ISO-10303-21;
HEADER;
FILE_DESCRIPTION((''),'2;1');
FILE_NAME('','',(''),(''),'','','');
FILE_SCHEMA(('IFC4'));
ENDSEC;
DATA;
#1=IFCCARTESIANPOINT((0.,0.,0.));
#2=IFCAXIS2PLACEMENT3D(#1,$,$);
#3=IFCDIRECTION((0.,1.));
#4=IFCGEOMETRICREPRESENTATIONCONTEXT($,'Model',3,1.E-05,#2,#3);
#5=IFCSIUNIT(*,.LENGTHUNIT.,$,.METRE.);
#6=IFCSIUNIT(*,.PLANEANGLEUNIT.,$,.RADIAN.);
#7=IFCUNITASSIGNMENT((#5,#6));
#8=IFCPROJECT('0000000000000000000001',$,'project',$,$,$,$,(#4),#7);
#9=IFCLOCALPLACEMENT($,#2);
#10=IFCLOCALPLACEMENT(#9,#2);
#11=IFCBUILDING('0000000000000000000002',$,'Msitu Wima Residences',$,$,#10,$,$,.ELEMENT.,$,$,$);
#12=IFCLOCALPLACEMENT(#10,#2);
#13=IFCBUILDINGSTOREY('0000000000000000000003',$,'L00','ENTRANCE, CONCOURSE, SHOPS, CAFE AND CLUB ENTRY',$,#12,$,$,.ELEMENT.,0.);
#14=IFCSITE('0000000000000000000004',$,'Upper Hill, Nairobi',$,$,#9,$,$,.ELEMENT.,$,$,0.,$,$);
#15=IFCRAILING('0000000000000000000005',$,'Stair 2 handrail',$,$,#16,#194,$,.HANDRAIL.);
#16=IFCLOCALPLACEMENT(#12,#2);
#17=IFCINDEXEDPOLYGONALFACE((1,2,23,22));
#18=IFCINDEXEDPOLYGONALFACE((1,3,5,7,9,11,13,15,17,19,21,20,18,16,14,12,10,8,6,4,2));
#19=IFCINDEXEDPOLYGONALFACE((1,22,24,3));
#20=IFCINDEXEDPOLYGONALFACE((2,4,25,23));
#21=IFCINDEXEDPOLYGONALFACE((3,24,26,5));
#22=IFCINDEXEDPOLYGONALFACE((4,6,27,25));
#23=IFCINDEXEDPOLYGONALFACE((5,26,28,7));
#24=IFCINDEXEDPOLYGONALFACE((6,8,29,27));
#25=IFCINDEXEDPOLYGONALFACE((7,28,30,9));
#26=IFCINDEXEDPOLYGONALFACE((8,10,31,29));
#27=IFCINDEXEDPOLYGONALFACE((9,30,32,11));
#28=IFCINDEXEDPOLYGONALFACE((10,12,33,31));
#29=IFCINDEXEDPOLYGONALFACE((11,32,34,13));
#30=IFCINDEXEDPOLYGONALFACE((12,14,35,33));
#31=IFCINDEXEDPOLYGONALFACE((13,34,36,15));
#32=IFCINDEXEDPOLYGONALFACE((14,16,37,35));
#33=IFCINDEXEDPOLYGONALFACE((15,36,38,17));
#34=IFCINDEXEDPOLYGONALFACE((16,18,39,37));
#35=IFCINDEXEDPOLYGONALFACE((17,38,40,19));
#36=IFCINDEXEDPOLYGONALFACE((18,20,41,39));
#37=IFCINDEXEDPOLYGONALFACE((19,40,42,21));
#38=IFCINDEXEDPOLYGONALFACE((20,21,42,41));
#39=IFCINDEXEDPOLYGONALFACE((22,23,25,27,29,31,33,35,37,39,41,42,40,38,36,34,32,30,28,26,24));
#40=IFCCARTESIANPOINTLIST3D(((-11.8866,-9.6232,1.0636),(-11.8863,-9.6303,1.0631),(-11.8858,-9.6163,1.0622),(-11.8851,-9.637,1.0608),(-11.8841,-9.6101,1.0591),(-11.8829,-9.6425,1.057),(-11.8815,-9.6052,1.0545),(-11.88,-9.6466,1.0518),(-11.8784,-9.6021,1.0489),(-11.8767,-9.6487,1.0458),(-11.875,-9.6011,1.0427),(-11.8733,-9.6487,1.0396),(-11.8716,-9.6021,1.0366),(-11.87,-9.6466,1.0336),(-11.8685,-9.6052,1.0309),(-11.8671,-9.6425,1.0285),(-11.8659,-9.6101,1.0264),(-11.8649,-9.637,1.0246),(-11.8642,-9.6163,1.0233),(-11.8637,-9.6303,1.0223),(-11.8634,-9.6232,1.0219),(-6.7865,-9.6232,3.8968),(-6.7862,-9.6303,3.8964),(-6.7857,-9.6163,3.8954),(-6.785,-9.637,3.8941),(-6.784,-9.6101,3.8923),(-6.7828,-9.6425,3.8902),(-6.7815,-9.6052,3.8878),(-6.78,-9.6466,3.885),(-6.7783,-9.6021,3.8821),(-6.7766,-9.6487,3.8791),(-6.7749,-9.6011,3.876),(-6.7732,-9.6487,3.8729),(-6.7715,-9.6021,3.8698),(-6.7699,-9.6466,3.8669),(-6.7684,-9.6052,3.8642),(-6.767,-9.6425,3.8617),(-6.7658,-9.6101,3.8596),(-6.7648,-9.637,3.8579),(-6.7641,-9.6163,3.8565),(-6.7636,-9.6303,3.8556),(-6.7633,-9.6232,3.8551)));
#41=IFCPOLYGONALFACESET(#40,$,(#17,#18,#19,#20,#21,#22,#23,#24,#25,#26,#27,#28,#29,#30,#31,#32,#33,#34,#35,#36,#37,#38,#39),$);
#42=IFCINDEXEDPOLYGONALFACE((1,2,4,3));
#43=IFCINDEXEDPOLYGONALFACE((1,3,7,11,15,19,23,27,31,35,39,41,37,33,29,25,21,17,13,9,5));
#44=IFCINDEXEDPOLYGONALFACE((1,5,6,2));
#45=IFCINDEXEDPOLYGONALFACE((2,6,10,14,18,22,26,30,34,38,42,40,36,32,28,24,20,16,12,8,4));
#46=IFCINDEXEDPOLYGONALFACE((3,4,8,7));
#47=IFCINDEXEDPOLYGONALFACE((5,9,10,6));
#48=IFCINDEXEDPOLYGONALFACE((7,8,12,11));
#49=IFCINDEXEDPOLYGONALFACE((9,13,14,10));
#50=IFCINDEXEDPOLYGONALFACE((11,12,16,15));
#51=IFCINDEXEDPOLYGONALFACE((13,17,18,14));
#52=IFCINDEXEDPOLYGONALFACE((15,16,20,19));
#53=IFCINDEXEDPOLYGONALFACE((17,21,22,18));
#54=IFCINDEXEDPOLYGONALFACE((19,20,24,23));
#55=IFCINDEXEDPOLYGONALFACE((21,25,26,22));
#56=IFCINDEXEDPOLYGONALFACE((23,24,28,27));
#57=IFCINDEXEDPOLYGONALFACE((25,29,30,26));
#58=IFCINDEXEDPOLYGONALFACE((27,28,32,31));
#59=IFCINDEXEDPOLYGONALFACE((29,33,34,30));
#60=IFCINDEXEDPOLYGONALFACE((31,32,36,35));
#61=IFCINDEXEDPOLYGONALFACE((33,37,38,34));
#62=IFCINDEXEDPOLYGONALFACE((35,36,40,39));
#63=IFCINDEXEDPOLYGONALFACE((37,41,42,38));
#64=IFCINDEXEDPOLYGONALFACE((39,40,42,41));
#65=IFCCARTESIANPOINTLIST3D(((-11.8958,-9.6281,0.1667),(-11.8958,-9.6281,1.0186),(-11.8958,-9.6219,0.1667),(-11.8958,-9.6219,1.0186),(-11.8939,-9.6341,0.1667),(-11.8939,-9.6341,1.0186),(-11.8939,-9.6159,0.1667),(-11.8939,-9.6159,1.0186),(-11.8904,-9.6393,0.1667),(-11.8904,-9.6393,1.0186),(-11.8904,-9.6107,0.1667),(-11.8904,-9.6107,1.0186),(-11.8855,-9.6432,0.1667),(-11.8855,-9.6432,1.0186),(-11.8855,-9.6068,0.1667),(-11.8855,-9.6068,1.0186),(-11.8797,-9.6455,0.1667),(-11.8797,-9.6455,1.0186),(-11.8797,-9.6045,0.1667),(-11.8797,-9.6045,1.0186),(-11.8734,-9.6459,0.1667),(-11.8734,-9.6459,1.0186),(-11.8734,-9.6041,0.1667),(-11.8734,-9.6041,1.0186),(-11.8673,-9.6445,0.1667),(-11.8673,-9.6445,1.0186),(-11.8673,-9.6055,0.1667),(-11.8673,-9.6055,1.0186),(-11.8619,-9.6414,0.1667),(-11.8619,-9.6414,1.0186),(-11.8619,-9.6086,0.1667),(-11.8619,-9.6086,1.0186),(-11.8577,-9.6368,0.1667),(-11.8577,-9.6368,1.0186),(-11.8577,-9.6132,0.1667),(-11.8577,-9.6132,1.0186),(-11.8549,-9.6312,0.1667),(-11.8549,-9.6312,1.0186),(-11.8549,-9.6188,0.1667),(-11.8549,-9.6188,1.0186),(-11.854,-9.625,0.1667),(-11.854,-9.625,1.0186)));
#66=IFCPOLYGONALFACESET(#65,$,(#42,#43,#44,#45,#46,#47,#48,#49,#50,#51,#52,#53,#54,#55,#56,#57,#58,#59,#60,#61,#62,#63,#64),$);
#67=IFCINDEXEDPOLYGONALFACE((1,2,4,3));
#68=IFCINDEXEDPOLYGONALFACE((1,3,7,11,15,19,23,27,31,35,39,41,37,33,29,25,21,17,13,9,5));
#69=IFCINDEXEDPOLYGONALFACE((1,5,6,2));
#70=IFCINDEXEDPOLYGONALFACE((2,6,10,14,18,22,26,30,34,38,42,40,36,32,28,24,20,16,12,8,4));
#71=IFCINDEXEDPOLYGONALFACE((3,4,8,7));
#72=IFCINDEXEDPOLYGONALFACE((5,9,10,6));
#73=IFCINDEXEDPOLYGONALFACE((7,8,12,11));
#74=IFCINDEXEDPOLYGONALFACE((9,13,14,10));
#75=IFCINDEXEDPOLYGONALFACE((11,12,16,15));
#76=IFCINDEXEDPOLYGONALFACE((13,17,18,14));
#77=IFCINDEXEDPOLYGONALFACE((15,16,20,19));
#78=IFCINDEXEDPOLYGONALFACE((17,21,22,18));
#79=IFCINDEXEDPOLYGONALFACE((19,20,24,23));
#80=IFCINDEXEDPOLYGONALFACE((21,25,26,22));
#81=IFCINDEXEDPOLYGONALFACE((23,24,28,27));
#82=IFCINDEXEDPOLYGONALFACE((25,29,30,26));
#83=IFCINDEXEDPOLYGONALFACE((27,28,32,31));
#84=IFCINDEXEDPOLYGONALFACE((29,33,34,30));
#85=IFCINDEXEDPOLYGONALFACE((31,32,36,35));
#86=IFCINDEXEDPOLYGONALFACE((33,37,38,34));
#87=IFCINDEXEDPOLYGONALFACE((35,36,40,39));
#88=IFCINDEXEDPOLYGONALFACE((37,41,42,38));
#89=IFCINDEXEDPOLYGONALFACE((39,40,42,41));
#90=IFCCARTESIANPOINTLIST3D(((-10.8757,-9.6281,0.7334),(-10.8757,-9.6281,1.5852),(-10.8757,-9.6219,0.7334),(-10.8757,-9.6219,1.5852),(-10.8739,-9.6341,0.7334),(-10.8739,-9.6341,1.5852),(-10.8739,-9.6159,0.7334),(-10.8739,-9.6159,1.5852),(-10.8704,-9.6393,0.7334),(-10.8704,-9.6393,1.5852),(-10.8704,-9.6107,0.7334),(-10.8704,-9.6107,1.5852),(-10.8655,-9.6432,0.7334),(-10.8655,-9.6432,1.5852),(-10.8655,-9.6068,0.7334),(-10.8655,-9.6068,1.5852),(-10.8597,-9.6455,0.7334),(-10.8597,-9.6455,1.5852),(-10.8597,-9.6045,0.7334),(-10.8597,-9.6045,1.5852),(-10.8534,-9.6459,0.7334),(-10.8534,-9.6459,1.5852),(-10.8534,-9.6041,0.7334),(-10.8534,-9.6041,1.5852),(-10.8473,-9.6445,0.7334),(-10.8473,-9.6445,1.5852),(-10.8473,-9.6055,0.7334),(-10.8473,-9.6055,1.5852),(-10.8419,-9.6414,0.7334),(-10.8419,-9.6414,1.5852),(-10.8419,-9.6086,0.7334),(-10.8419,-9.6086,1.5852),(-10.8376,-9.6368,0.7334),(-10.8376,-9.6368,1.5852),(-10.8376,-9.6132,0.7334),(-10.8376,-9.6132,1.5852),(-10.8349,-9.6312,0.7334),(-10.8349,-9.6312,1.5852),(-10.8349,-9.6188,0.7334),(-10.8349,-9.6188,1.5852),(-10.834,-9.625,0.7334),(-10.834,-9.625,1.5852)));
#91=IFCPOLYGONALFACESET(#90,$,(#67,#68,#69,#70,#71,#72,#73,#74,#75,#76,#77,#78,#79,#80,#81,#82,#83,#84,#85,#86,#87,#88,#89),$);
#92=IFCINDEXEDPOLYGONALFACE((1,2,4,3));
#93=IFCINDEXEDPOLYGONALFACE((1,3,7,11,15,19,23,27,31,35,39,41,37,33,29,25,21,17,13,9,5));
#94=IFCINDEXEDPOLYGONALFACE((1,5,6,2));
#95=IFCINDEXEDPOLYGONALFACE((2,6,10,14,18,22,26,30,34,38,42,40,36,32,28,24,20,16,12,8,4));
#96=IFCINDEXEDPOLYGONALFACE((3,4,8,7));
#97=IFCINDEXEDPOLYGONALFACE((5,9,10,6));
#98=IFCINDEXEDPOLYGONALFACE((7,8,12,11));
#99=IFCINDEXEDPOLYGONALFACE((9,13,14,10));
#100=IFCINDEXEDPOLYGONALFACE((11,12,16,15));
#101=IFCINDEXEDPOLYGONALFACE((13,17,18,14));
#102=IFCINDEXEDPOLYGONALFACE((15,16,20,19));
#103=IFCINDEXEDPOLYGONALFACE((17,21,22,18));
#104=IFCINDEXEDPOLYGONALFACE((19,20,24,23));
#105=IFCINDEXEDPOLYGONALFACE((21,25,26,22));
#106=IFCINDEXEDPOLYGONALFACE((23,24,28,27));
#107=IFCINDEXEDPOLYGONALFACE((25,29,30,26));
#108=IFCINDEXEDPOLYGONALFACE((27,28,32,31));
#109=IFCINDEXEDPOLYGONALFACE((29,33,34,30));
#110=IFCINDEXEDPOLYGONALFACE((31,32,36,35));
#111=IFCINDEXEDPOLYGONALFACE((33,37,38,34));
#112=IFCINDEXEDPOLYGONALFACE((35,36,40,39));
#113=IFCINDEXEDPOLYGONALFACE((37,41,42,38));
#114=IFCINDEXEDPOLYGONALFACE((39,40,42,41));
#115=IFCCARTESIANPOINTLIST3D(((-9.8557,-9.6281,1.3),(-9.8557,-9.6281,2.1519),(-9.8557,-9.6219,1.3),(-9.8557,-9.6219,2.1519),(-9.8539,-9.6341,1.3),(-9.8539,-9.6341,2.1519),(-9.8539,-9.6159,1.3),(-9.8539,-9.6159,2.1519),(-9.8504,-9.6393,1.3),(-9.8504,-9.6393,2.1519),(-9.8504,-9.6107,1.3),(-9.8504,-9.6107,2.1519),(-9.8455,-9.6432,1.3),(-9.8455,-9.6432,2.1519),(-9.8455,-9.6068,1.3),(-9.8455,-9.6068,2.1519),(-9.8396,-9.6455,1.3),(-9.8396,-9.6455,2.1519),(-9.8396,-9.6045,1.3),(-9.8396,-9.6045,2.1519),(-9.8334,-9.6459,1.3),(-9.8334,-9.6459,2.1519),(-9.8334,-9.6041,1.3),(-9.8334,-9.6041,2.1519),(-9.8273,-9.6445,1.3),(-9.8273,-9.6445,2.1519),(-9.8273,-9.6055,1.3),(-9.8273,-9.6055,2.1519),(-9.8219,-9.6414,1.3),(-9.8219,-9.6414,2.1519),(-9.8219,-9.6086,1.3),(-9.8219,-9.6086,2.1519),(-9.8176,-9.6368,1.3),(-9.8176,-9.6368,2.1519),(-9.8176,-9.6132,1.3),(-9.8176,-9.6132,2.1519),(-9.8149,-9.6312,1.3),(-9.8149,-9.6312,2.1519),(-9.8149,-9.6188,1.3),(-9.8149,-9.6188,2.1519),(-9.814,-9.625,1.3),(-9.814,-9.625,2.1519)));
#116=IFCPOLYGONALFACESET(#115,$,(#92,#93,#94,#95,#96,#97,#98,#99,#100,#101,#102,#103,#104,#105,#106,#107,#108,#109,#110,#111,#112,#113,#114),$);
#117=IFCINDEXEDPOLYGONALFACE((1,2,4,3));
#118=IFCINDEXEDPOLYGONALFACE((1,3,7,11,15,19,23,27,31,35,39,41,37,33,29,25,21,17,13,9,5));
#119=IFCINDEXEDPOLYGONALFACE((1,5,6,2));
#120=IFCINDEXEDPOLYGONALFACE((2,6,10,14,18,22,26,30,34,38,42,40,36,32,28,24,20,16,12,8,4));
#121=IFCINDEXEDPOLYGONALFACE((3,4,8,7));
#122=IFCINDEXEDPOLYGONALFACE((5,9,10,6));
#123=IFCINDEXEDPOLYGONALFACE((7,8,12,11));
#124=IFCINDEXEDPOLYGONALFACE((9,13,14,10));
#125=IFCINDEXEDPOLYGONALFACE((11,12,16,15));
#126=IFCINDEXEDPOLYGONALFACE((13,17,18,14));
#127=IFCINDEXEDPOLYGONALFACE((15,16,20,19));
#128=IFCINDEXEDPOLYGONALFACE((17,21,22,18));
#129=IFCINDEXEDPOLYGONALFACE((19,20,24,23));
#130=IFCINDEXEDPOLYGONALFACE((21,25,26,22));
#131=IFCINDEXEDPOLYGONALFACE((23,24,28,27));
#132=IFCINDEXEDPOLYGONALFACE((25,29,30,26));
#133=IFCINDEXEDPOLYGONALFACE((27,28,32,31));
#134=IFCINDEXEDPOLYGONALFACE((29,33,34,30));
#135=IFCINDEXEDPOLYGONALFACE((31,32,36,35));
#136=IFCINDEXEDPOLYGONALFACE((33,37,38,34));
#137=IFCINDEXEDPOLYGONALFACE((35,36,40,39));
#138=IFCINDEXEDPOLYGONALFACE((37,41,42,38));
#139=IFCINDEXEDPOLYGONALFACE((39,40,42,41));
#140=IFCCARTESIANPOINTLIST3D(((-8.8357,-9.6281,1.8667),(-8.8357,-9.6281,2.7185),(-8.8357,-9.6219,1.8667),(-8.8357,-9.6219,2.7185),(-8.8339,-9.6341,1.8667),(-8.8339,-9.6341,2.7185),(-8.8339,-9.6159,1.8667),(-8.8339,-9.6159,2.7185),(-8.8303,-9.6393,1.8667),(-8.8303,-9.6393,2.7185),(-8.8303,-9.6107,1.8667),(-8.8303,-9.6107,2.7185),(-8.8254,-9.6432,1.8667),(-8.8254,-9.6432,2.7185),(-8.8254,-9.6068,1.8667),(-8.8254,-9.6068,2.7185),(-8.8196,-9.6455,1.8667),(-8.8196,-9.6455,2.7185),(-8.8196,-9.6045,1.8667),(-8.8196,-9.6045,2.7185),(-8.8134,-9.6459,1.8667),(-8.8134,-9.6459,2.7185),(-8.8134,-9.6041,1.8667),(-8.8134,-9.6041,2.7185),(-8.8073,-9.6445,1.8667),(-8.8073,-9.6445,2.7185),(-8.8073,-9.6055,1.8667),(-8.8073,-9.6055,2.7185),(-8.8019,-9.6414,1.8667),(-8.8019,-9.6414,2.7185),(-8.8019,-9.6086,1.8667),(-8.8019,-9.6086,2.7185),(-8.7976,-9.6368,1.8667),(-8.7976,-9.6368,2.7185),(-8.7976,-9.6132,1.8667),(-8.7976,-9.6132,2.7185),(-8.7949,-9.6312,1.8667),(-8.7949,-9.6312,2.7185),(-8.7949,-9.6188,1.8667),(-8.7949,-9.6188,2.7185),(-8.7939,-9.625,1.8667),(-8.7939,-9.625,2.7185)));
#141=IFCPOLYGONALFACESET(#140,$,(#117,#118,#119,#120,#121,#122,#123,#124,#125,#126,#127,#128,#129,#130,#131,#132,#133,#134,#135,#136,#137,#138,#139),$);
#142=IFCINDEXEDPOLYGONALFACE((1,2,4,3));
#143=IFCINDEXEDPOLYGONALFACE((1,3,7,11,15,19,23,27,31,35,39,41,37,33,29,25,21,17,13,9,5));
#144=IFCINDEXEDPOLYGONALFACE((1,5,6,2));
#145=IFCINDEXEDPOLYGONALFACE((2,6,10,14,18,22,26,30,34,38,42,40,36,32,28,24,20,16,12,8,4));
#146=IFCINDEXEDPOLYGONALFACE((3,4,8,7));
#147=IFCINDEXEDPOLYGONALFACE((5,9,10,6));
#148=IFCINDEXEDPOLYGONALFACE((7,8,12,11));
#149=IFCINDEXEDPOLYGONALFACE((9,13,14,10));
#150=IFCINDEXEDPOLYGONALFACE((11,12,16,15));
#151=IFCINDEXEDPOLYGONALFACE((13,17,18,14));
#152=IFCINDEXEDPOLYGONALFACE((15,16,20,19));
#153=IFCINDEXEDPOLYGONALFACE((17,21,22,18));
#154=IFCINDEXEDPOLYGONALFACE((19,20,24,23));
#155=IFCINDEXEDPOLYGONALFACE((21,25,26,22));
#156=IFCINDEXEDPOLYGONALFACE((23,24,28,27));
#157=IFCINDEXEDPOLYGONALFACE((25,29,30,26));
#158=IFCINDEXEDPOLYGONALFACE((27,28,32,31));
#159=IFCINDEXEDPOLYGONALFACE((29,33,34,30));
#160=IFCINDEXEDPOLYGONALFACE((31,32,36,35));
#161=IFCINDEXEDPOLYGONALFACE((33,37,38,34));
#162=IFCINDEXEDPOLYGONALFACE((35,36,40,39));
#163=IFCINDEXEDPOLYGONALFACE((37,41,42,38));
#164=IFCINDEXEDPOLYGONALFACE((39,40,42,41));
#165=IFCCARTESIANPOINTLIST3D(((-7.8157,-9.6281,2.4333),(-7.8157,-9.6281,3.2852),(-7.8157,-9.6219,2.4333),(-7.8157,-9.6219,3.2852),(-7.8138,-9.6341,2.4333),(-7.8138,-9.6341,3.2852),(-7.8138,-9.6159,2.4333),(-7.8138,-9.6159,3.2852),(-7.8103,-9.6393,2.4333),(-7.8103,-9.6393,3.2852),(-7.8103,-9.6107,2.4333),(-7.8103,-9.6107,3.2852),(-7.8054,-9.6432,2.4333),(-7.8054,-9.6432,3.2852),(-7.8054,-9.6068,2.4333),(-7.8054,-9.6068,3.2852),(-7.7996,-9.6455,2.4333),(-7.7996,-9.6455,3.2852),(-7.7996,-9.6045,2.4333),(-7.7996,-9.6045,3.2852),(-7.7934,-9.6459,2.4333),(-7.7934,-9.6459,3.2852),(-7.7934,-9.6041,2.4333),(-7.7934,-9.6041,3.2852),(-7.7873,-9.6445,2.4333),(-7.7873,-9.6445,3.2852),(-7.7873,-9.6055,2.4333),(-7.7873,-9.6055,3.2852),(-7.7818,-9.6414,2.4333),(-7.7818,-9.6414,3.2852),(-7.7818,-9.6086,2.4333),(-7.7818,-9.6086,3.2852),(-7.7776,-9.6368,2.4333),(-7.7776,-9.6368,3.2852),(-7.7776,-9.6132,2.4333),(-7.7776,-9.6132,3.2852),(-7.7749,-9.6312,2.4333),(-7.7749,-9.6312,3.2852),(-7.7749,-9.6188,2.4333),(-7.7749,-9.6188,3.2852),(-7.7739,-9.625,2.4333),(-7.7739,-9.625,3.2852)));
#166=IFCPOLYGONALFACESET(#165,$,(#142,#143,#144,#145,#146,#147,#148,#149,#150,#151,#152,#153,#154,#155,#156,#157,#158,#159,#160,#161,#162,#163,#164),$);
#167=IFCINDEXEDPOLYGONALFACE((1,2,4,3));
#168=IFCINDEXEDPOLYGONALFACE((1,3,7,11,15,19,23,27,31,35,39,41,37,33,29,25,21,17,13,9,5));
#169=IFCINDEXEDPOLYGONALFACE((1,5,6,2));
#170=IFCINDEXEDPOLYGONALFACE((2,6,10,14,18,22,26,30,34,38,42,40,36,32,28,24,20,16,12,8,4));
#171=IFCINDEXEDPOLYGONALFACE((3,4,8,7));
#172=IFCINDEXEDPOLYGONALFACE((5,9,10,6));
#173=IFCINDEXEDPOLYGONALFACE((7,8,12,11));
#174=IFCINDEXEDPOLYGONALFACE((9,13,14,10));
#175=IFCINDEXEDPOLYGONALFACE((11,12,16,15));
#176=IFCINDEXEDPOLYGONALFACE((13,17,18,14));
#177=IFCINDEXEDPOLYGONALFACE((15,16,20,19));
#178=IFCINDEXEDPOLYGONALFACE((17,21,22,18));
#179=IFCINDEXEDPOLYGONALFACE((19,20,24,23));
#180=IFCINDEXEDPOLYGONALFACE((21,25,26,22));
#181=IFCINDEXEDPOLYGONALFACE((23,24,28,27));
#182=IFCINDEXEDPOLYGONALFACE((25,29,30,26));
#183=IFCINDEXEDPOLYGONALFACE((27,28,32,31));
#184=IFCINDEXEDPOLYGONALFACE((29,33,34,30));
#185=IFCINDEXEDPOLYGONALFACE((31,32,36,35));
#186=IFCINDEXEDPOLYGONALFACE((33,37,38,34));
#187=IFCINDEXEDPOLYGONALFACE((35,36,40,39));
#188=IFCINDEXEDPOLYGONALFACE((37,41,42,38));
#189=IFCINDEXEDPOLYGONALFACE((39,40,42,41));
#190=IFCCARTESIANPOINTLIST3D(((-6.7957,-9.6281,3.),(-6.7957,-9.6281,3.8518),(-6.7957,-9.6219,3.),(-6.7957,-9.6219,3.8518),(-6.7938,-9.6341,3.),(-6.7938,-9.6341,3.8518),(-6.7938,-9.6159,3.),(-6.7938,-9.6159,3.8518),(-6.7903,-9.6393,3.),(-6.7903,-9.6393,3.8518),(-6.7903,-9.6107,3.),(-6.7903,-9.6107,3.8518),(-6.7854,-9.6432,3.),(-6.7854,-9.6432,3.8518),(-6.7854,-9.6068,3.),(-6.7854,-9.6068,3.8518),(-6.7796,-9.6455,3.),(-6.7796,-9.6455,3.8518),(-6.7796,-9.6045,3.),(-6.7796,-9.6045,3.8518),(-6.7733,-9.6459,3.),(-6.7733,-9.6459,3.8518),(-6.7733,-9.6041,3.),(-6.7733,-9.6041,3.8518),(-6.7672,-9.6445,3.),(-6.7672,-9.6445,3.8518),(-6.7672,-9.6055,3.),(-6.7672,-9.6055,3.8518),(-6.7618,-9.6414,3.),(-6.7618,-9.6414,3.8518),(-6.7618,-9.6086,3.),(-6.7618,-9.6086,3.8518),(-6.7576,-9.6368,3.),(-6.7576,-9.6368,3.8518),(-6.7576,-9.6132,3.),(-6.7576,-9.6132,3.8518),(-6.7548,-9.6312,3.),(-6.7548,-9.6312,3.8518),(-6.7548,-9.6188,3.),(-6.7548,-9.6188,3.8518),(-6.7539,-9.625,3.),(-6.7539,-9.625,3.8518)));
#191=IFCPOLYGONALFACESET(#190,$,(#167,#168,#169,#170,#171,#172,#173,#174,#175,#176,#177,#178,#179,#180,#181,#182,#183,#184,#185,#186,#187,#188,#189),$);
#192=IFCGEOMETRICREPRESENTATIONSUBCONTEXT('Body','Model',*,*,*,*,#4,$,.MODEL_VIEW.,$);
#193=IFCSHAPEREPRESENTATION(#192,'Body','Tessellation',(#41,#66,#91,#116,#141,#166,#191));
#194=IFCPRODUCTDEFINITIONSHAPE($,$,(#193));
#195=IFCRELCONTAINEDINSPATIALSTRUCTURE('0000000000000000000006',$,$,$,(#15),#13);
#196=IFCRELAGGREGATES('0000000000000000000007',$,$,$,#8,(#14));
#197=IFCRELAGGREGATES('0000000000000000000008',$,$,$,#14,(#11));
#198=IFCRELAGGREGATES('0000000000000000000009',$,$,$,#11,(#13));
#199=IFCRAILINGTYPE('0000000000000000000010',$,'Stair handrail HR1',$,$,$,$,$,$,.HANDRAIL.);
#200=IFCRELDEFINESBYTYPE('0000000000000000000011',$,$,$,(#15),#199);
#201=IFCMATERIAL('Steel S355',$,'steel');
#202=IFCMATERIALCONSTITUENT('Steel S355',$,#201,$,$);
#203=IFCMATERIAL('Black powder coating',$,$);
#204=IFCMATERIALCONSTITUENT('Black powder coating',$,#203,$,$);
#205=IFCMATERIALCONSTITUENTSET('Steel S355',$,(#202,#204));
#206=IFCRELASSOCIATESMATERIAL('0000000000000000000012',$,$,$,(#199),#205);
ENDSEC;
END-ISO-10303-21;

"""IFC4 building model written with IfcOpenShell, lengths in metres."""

from ifc_helpers import new_model, si_unit, direction, frame, origin, origin_2d, place, context, subcontext, project, spatial, circle, extrude, material, constituent, constituent_set, type_object, element, save


model = new_model("IFC4")

# Units and contexts
model_context = context("Model", 3, precision=1e-05, world=origin(), true_north=direction((0.0, 1.0)))
body_context = subcontext(model_context, "Body", "Model", "MODEL_VIEW")
ifc_project = project(units=[si_unit("LENGTHUNIT", "METRE"), si_unit("PLANEANGLEUNIT", "RADIAN")], contexts=[model_context])

# Site, building, storey
site_placement = place(None, origin())
site = spatial("IfcSite", under=ifc_project, at=site_placement, Name="Upper Hill, Nairobi", CompositionType="ELEMENT", RefElevation=0.0)
building_placement = place(site_placement, origin())
building = spatial("IfcBuilding", under=site, at=building_placement, Name="Msitu Wima Residences", CompositionType="ELEMENT")
storey_placement = place(building_placement, origin())
storey = spatial("IfcBuildingStorey", under=building, at=storey_placement, Name="L00", Description="ENTRANCE, CONCOURSE, SHOPS, CAFE AND CLUB ENTRY", CompositionType="ELEMENT", Elevation=0.0)

# Railing
ifc_material_1 = material(Name="Steel S355", Category="steel")
ifc_constituent_1 = constituent(ifc_material_1, Name="Steel S355")
ifc_material_2 = material(Name="Black powder coating")
ifc_constituent_2 = constituent(ifc_material_2, Name="Black powder coating")
ifc_constituent_set = constituent_set(constituents=[ifc_constituent_1, ifc_constituent_2], Name="Steel S355")
railing_type = type_object("IfcRailingType", Name="Stair handrail HR1", PredefinedType="HANDRAIL", material=ifc_constituent_set)
for number, where, name in (
    (1, (-11.875, -9.625, 0.1667), "Stair 2 handrail"),
):
    element("IfcRailing", number, at=place(storey_placement, frame(where)), inside=storey, type_object=railing_type, Name=name, PredefinedType="HANDRAIL", context=body_context, shape_type="SweptSolid", body=[
        extrude(circle(Radius=0.0239, at=origin_2d()), frame((0.0, 0.0, 0.876), z_axis=(0.874167, 0.0, 0.485625), x_axis=(0.0, 1.0, 0.0)), (0.0, 0.0, 1.0), 5.8342),
        extrude(circle(Radius=0.021, at=origin_2d()), origin(), (0.0, 0.0, 1.0), 0.8518),
        extrude(circle(Radius=0.021, at=origin_2d()), frame((1.02, 0.0, 0.5667)), (0.0, 0.0, 1.0), 0.8518),
        extrude(circle(Radius=0.021, at=origin_2d()), frame((2.04, 0.0, 1.1333)), (0.0, 0.0, 1.0), 0.8518),
        extrude(circle(Radius=0.021, at=origin_2d()), frame((3.0601, 0.0, 1.7)), (0.0, 0.0, 1.0), 0.8518),
        extrude(circle(Radius=0.021, at=origin_2d()), frame((4.0801, 0.0, 2.2666)), (0.0, 0.0, 1.0), 0.8518),
        extrude(circle(Radius=0.021, at=origin_2d()), frame((5.1001, 0.0, 2.8333)), (0.0, 0.0, 1.0), 0.8518),
    ])

save(model, "model.ifc")
